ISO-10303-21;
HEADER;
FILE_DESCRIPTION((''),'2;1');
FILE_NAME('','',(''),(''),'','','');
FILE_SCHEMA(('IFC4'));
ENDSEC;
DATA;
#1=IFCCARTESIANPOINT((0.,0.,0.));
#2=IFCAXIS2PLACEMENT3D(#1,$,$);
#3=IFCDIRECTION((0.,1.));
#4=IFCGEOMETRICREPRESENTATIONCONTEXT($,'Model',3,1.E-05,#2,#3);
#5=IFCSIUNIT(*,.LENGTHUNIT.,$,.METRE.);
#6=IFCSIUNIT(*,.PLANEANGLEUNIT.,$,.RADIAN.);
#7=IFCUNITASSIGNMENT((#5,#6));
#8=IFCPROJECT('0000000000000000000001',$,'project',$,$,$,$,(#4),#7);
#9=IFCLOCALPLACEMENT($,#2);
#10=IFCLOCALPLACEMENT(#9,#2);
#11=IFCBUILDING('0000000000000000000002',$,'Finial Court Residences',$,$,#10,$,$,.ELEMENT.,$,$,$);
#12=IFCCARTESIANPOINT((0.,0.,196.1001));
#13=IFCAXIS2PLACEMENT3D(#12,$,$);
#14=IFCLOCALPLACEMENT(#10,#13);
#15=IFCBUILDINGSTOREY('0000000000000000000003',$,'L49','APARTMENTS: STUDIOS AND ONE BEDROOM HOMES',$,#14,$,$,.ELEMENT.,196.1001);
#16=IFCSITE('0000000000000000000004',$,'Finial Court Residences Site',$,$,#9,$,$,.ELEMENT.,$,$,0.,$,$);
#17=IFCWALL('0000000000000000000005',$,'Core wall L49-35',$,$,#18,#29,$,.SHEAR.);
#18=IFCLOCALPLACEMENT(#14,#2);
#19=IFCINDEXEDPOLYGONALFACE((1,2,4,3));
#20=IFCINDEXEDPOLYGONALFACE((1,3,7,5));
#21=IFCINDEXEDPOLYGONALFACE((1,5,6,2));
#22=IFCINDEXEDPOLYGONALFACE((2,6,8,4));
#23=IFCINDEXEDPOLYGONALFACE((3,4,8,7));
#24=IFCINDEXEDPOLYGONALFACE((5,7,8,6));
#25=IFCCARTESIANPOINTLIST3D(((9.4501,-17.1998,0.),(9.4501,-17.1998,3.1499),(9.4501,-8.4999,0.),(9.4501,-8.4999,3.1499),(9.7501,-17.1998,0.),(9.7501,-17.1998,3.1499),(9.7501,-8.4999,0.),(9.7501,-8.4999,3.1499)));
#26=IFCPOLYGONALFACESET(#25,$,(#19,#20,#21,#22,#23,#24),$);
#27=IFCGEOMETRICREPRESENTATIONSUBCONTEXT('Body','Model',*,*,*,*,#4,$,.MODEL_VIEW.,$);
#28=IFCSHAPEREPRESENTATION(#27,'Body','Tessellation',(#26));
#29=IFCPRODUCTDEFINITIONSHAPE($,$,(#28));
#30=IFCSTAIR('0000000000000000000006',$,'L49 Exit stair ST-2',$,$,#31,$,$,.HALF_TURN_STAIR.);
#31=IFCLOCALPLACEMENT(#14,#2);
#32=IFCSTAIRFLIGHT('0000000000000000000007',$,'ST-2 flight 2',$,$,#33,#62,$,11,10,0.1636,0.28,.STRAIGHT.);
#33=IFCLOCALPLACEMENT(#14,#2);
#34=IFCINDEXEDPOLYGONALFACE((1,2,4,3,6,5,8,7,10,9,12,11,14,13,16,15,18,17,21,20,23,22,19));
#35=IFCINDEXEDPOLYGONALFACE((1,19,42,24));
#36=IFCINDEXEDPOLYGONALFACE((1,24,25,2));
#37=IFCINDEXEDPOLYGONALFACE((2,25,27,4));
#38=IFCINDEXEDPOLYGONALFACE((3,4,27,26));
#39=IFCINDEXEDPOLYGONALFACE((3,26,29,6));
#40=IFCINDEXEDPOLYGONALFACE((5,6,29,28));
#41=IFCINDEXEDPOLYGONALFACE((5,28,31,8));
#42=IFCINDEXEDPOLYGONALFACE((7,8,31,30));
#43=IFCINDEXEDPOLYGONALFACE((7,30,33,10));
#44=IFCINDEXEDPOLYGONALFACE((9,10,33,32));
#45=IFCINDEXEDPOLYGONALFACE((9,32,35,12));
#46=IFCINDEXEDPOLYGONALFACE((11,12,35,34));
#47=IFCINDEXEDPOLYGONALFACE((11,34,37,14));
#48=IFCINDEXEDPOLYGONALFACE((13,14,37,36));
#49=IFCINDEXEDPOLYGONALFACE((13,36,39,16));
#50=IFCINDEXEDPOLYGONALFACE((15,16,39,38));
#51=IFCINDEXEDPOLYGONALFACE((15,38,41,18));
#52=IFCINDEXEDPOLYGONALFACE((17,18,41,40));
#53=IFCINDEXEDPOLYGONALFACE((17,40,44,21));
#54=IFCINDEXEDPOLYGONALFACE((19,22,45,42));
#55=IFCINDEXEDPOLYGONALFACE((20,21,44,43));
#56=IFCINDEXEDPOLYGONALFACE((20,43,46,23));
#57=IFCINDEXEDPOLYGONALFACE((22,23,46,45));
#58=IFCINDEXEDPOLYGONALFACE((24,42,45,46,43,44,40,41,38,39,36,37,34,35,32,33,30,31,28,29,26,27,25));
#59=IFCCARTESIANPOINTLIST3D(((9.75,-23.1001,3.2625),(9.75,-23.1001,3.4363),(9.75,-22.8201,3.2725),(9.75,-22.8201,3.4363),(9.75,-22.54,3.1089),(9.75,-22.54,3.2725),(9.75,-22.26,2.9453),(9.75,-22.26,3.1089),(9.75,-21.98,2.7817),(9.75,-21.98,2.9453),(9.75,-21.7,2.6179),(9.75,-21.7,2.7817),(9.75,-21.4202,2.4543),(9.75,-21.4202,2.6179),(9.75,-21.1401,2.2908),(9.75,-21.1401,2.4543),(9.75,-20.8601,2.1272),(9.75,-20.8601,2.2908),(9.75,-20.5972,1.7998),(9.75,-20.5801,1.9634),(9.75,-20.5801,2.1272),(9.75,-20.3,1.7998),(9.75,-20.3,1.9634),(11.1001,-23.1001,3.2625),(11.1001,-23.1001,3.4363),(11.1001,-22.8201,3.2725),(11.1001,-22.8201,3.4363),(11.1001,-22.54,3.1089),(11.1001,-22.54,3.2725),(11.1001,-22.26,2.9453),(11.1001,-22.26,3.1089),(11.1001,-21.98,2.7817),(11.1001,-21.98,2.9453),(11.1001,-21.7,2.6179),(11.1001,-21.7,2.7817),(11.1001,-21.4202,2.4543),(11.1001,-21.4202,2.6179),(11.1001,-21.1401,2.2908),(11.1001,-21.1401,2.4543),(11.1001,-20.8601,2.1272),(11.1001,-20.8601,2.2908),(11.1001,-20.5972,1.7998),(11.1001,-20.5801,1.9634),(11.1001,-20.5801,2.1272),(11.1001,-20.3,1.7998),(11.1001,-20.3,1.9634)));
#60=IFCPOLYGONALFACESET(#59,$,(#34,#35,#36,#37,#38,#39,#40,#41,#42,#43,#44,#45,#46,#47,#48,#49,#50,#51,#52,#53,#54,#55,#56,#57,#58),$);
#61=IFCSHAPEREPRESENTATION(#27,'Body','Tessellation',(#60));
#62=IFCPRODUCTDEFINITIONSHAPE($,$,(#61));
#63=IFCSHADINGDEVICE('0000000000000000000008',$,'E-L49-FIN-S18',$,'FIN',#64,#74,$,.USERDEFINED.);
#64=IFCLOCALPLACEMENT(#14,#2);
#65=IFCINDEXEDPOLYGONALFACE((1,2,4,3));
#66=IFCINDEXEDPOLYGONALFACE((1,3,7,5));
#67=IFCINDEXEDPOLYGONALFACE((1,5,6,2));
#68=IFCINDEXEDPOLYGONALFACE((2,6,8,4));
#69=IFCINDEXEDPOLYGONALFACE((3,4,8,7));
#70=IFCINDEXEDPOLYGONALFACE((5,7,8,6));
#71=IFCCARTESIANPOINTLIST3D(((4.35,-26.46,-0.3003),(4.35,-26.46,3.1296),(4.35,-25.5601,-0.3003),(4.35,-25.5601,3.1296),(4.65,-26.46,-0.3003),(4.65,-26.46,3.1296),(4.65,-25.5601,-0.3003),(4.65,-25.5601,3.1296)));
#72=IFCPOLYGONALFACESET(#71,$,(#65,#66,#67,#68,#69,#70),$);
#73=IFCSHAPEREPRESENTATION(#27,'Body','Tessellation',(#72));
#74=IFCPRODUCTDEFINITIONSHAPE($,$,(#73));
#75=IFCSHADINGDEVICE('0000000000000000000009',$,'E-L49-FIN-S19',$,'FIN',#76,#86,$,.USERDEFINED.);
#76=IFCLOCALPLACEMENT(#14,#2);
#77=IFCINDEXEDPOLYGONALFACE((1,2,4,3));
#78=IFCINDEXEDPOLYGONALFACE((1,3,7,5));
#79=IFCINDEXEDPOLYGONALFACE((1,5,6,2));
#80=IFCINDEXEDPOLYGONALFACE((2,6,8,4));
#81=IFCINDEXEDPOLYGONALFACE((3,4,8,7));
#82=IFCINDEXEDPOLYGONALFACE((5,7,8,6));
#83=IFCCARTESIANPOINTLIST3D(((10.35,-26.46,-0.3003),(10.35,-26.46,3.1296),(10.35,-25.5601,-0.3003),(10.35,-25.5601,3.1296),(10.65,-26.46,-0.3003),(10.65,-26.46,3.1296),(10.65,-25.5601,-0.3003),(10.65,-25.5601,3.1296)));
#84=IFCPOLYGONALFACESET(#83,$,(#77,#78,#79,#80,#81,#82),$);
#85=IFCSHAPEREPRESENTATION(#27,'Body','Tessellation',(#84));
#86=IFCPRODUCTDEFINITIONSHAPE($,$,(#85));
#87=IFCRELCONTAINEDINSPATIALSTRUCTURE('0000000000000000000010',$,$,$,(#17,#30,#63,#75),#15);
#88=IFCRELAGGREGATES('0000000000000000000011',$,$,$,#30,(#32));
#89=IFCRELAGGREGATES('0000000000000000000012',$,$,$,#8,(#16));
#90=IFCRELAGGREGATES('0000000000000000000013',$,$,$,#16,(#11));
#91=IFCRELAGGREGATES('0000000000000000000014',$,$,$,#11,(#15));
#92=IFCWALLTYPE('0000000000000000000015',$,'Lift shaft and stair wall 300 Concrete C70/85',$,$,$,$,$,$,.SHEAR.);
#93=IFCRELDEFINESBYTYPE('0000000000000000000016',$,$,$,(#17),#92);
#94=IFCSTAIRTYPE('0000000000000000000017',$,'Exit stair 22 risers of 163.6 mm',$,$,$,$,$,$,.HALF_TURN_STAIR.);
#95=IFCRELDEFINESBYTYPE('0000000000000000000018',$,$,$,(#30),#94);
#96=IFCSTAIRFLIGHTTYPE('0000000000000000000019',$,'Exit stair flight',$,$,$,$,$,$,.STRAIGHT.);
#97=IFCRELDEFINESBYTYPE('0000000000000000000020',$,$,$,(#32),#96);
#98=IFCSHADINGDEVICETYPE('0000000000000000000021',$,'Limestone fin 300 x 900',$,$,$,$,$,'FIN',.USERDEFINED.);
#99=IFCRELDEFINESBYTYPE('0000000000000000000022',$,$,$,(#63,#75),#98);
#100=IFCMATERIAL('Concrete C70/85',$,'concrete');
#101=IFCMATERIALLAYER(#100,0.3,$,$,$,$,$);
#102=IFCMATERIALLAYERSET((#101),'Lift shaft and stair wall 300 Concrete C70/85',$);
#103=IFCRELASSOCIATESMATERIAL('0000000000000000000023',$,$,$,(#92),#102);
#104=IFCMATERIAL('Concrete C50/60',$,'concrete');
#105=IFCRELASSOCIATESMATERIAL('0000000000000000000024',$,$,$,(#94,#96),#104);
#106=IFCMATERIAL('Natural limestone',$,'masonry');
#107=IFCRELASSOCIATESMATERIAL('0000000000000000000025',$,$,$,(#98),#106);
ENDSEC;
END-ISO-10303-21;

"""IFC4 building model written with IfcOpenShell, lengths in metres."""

from ifc_helpers import new_model, si_unit, direction, frame, frame_2d, origin, origin_2d, place, context, subcontext, project, spatial, polyline, rectangle, outline, extrude, material, layer, layer_set, type_object, element, aggregate, save


model = new_model("IFC4")

# Units and contexts
model_context = context("Model", 3, precision=1e-05, world=origin(), true_north=direction((0.0, 1.0)))
body_context = subcontext(model_context, "Body", "Model", "MODEL_VIEW")
ifc_project = project(units=[si_unit("LENGTHUNIT", "METRE"), si_unit("PLANEANGLEUNIT", "RADIAN")], contexts=[model_context])

# Site, building, storey
site_placement = place(None, origin())
site = spatial("IfcSite", under=ifc_project, at=site_placement, Name="Finial Court Residences Site", CompositionType="ELEMENT", RefElevation=0.0)
building_placement = place(site_placement, origin())
building = spatial("IfcBuilding", under=site, at=building_placement, Name="Finial Court Residences", CompositionType="ELEMENT")
storey_placement = place(building_placement, frame((0.0, 0.0, 196.1001)))
storey = spatial("IfcBuildingStorey", under=building, at=storey_placement, Name="L49", Description="APARTMENTS: STUDIOS AND ONE BEDROOM HOMES", CompositionType="ELEMENT", Elevation=196.1001)

# Shared definitions
ifc_material_1 = material(Name="Concrete C70/85", Category="concrete")
ifc_layer_1 = layer(ifc_material_1, 0.3)
ifc_layer_set_1 = layer_set([ifc_layer_1], Name="Lift shaft and stair wall 300 Concrete C70/85")
wall_type_1 = type_object("IfcWallType", Name="Lift shaft and stair wall 300 Concrete C70/85", PredefinedType="SHEAR", material=ifc_layer_set_1)

# Wall
wall_1_placement = place(storey_placement, frame((9.6001, -17.2, 0.0), z_axis=(0.0, 0.0, 1.0), x_axis=(0.0, 1.0, 0.0)))
element("IfcWall", 1, at=wall_1_placement, inside=storey, type_object=wall_type_1, Name="Core wall L49-35", PredefinedType="SHEAR", context=body_context, shape_type="SweptSolid", body=[
    extrude(rectangle(XDim=8.7, YDim=0.3, at=frame_2d((4.3501, 0.0))), origin(), (0.0, 0.0, 1.0), 3.1499),
])

# Stair, stair flight
ifc_material_2 = material(Name="Concrete C50/60", Category="concrete")
stair_type = type_object("IfcStairType", Name="Exit stair 22 risers of 163.6 mm", PredefinedType="HALF_TURN_STAIR", material=ifc_material_2)
stair_placement = place(storey_placement, origin())
stair = element("IfcStair", 2, at=stair_placement, inside=storey, type_object=stair_type, Name="L49 Exit stair ST-2", PredefinedType="HALF_TURN_STAIR")
stair_flight_type = type_object("IfcStairFlightType", Name="Exit stair flight", PredefinedType="STRAIGHT", material=ifc_material_2)
stair_flight_placement = place(storey_placement, frame((10.425, -20.3, 1.7998), z_axis=(0.0, 0.0, 1.0), x_axis=(0.0, -1.0, 0.0)))
stair_flight = element("IfcStairFlight", 3, at=stair_flight_placement, type_object=stair_flight_type, Name="ST-2 flight 2", NumberOfRisers=11, NumberOfTreads=10, PredefinedType="STRAIGHT", RiserHeight=0.1636, TreadLength=0.28, context=body_context, shape_type="SweptSolid", body=[
    extrude(outline(polyline([(0.0, 0.0), (0.0, 0.1636), (0.28, 0.1636), (0.28, 0.3274), (0.5601, 0.3274), (0.5601, 0.491), (0.8401, 0.491), (0.8401, 0.6545), (1.1201, 0.6545), (1.1201, 0.8181), (1.3999, 0.8181), (1.3999, 0.9819), (1.6799, 0.9819), (1.6799, 1.1455), (1.96, 1.1455), (1.96, 1.3091), (2.24, 1.3091), (2.24, 1.4727), (2.52, 1.4727), (2.52, 1.6365), (2.8, 1.6365), (2.8, 1.8), (2.8, 1.4626), (0.2971, 0.0), (0.0, 0.0)])), frame((0.0, 0.675, 0.0), z_axis=(0.0, -1.0, 0.0), x_axis=(1.0, 0.0, 0.0)), (0.0, 0.0, 1.0), 1.3501),
])
aggregate(stair, [stair_flight])

# Shading devices
ifc_material_3 = material(Name="Natural limestone", Category="masonry")
shading_device_type = type_object("IfcShadingDeviceType", Name="Limestone fin 300 x 900", ElementType="FIN", PredefinedType="USERDEFINED", material=ifc_material_3)
for number, where, z_axis, x_axis, name in (
    (4, (4.5, -26.01, -0.3003), (0.0, 0.0, 1.0), (1.0, 0.0, 0.0), "E-L49-FIN-S18"),
    (5, (10.5, -26.01, -0.3003), (0.0, 0.0, 1.0), (1.0, 0.0, 0.0), "E-L49-FIN-S19"),
):
    element("IfcShadingDevice", number, at=place(storey_placement, frame(where, z_axis=z_axis, x_axis=x_axis)), inside=storey, type_object=shading_device_type, Name=name, ObjectType="FIN", PredefinedType="USERDEFINED", context=body_context, shape_type="SweptSolid", body=[
        extrude(rectangle(XDim=0.3, YDim=0.8999, at=origin_2d()), origin(), (0.0, 0.0, 1.0), 3.4299),
    ])

save(model, "model.ifc")
